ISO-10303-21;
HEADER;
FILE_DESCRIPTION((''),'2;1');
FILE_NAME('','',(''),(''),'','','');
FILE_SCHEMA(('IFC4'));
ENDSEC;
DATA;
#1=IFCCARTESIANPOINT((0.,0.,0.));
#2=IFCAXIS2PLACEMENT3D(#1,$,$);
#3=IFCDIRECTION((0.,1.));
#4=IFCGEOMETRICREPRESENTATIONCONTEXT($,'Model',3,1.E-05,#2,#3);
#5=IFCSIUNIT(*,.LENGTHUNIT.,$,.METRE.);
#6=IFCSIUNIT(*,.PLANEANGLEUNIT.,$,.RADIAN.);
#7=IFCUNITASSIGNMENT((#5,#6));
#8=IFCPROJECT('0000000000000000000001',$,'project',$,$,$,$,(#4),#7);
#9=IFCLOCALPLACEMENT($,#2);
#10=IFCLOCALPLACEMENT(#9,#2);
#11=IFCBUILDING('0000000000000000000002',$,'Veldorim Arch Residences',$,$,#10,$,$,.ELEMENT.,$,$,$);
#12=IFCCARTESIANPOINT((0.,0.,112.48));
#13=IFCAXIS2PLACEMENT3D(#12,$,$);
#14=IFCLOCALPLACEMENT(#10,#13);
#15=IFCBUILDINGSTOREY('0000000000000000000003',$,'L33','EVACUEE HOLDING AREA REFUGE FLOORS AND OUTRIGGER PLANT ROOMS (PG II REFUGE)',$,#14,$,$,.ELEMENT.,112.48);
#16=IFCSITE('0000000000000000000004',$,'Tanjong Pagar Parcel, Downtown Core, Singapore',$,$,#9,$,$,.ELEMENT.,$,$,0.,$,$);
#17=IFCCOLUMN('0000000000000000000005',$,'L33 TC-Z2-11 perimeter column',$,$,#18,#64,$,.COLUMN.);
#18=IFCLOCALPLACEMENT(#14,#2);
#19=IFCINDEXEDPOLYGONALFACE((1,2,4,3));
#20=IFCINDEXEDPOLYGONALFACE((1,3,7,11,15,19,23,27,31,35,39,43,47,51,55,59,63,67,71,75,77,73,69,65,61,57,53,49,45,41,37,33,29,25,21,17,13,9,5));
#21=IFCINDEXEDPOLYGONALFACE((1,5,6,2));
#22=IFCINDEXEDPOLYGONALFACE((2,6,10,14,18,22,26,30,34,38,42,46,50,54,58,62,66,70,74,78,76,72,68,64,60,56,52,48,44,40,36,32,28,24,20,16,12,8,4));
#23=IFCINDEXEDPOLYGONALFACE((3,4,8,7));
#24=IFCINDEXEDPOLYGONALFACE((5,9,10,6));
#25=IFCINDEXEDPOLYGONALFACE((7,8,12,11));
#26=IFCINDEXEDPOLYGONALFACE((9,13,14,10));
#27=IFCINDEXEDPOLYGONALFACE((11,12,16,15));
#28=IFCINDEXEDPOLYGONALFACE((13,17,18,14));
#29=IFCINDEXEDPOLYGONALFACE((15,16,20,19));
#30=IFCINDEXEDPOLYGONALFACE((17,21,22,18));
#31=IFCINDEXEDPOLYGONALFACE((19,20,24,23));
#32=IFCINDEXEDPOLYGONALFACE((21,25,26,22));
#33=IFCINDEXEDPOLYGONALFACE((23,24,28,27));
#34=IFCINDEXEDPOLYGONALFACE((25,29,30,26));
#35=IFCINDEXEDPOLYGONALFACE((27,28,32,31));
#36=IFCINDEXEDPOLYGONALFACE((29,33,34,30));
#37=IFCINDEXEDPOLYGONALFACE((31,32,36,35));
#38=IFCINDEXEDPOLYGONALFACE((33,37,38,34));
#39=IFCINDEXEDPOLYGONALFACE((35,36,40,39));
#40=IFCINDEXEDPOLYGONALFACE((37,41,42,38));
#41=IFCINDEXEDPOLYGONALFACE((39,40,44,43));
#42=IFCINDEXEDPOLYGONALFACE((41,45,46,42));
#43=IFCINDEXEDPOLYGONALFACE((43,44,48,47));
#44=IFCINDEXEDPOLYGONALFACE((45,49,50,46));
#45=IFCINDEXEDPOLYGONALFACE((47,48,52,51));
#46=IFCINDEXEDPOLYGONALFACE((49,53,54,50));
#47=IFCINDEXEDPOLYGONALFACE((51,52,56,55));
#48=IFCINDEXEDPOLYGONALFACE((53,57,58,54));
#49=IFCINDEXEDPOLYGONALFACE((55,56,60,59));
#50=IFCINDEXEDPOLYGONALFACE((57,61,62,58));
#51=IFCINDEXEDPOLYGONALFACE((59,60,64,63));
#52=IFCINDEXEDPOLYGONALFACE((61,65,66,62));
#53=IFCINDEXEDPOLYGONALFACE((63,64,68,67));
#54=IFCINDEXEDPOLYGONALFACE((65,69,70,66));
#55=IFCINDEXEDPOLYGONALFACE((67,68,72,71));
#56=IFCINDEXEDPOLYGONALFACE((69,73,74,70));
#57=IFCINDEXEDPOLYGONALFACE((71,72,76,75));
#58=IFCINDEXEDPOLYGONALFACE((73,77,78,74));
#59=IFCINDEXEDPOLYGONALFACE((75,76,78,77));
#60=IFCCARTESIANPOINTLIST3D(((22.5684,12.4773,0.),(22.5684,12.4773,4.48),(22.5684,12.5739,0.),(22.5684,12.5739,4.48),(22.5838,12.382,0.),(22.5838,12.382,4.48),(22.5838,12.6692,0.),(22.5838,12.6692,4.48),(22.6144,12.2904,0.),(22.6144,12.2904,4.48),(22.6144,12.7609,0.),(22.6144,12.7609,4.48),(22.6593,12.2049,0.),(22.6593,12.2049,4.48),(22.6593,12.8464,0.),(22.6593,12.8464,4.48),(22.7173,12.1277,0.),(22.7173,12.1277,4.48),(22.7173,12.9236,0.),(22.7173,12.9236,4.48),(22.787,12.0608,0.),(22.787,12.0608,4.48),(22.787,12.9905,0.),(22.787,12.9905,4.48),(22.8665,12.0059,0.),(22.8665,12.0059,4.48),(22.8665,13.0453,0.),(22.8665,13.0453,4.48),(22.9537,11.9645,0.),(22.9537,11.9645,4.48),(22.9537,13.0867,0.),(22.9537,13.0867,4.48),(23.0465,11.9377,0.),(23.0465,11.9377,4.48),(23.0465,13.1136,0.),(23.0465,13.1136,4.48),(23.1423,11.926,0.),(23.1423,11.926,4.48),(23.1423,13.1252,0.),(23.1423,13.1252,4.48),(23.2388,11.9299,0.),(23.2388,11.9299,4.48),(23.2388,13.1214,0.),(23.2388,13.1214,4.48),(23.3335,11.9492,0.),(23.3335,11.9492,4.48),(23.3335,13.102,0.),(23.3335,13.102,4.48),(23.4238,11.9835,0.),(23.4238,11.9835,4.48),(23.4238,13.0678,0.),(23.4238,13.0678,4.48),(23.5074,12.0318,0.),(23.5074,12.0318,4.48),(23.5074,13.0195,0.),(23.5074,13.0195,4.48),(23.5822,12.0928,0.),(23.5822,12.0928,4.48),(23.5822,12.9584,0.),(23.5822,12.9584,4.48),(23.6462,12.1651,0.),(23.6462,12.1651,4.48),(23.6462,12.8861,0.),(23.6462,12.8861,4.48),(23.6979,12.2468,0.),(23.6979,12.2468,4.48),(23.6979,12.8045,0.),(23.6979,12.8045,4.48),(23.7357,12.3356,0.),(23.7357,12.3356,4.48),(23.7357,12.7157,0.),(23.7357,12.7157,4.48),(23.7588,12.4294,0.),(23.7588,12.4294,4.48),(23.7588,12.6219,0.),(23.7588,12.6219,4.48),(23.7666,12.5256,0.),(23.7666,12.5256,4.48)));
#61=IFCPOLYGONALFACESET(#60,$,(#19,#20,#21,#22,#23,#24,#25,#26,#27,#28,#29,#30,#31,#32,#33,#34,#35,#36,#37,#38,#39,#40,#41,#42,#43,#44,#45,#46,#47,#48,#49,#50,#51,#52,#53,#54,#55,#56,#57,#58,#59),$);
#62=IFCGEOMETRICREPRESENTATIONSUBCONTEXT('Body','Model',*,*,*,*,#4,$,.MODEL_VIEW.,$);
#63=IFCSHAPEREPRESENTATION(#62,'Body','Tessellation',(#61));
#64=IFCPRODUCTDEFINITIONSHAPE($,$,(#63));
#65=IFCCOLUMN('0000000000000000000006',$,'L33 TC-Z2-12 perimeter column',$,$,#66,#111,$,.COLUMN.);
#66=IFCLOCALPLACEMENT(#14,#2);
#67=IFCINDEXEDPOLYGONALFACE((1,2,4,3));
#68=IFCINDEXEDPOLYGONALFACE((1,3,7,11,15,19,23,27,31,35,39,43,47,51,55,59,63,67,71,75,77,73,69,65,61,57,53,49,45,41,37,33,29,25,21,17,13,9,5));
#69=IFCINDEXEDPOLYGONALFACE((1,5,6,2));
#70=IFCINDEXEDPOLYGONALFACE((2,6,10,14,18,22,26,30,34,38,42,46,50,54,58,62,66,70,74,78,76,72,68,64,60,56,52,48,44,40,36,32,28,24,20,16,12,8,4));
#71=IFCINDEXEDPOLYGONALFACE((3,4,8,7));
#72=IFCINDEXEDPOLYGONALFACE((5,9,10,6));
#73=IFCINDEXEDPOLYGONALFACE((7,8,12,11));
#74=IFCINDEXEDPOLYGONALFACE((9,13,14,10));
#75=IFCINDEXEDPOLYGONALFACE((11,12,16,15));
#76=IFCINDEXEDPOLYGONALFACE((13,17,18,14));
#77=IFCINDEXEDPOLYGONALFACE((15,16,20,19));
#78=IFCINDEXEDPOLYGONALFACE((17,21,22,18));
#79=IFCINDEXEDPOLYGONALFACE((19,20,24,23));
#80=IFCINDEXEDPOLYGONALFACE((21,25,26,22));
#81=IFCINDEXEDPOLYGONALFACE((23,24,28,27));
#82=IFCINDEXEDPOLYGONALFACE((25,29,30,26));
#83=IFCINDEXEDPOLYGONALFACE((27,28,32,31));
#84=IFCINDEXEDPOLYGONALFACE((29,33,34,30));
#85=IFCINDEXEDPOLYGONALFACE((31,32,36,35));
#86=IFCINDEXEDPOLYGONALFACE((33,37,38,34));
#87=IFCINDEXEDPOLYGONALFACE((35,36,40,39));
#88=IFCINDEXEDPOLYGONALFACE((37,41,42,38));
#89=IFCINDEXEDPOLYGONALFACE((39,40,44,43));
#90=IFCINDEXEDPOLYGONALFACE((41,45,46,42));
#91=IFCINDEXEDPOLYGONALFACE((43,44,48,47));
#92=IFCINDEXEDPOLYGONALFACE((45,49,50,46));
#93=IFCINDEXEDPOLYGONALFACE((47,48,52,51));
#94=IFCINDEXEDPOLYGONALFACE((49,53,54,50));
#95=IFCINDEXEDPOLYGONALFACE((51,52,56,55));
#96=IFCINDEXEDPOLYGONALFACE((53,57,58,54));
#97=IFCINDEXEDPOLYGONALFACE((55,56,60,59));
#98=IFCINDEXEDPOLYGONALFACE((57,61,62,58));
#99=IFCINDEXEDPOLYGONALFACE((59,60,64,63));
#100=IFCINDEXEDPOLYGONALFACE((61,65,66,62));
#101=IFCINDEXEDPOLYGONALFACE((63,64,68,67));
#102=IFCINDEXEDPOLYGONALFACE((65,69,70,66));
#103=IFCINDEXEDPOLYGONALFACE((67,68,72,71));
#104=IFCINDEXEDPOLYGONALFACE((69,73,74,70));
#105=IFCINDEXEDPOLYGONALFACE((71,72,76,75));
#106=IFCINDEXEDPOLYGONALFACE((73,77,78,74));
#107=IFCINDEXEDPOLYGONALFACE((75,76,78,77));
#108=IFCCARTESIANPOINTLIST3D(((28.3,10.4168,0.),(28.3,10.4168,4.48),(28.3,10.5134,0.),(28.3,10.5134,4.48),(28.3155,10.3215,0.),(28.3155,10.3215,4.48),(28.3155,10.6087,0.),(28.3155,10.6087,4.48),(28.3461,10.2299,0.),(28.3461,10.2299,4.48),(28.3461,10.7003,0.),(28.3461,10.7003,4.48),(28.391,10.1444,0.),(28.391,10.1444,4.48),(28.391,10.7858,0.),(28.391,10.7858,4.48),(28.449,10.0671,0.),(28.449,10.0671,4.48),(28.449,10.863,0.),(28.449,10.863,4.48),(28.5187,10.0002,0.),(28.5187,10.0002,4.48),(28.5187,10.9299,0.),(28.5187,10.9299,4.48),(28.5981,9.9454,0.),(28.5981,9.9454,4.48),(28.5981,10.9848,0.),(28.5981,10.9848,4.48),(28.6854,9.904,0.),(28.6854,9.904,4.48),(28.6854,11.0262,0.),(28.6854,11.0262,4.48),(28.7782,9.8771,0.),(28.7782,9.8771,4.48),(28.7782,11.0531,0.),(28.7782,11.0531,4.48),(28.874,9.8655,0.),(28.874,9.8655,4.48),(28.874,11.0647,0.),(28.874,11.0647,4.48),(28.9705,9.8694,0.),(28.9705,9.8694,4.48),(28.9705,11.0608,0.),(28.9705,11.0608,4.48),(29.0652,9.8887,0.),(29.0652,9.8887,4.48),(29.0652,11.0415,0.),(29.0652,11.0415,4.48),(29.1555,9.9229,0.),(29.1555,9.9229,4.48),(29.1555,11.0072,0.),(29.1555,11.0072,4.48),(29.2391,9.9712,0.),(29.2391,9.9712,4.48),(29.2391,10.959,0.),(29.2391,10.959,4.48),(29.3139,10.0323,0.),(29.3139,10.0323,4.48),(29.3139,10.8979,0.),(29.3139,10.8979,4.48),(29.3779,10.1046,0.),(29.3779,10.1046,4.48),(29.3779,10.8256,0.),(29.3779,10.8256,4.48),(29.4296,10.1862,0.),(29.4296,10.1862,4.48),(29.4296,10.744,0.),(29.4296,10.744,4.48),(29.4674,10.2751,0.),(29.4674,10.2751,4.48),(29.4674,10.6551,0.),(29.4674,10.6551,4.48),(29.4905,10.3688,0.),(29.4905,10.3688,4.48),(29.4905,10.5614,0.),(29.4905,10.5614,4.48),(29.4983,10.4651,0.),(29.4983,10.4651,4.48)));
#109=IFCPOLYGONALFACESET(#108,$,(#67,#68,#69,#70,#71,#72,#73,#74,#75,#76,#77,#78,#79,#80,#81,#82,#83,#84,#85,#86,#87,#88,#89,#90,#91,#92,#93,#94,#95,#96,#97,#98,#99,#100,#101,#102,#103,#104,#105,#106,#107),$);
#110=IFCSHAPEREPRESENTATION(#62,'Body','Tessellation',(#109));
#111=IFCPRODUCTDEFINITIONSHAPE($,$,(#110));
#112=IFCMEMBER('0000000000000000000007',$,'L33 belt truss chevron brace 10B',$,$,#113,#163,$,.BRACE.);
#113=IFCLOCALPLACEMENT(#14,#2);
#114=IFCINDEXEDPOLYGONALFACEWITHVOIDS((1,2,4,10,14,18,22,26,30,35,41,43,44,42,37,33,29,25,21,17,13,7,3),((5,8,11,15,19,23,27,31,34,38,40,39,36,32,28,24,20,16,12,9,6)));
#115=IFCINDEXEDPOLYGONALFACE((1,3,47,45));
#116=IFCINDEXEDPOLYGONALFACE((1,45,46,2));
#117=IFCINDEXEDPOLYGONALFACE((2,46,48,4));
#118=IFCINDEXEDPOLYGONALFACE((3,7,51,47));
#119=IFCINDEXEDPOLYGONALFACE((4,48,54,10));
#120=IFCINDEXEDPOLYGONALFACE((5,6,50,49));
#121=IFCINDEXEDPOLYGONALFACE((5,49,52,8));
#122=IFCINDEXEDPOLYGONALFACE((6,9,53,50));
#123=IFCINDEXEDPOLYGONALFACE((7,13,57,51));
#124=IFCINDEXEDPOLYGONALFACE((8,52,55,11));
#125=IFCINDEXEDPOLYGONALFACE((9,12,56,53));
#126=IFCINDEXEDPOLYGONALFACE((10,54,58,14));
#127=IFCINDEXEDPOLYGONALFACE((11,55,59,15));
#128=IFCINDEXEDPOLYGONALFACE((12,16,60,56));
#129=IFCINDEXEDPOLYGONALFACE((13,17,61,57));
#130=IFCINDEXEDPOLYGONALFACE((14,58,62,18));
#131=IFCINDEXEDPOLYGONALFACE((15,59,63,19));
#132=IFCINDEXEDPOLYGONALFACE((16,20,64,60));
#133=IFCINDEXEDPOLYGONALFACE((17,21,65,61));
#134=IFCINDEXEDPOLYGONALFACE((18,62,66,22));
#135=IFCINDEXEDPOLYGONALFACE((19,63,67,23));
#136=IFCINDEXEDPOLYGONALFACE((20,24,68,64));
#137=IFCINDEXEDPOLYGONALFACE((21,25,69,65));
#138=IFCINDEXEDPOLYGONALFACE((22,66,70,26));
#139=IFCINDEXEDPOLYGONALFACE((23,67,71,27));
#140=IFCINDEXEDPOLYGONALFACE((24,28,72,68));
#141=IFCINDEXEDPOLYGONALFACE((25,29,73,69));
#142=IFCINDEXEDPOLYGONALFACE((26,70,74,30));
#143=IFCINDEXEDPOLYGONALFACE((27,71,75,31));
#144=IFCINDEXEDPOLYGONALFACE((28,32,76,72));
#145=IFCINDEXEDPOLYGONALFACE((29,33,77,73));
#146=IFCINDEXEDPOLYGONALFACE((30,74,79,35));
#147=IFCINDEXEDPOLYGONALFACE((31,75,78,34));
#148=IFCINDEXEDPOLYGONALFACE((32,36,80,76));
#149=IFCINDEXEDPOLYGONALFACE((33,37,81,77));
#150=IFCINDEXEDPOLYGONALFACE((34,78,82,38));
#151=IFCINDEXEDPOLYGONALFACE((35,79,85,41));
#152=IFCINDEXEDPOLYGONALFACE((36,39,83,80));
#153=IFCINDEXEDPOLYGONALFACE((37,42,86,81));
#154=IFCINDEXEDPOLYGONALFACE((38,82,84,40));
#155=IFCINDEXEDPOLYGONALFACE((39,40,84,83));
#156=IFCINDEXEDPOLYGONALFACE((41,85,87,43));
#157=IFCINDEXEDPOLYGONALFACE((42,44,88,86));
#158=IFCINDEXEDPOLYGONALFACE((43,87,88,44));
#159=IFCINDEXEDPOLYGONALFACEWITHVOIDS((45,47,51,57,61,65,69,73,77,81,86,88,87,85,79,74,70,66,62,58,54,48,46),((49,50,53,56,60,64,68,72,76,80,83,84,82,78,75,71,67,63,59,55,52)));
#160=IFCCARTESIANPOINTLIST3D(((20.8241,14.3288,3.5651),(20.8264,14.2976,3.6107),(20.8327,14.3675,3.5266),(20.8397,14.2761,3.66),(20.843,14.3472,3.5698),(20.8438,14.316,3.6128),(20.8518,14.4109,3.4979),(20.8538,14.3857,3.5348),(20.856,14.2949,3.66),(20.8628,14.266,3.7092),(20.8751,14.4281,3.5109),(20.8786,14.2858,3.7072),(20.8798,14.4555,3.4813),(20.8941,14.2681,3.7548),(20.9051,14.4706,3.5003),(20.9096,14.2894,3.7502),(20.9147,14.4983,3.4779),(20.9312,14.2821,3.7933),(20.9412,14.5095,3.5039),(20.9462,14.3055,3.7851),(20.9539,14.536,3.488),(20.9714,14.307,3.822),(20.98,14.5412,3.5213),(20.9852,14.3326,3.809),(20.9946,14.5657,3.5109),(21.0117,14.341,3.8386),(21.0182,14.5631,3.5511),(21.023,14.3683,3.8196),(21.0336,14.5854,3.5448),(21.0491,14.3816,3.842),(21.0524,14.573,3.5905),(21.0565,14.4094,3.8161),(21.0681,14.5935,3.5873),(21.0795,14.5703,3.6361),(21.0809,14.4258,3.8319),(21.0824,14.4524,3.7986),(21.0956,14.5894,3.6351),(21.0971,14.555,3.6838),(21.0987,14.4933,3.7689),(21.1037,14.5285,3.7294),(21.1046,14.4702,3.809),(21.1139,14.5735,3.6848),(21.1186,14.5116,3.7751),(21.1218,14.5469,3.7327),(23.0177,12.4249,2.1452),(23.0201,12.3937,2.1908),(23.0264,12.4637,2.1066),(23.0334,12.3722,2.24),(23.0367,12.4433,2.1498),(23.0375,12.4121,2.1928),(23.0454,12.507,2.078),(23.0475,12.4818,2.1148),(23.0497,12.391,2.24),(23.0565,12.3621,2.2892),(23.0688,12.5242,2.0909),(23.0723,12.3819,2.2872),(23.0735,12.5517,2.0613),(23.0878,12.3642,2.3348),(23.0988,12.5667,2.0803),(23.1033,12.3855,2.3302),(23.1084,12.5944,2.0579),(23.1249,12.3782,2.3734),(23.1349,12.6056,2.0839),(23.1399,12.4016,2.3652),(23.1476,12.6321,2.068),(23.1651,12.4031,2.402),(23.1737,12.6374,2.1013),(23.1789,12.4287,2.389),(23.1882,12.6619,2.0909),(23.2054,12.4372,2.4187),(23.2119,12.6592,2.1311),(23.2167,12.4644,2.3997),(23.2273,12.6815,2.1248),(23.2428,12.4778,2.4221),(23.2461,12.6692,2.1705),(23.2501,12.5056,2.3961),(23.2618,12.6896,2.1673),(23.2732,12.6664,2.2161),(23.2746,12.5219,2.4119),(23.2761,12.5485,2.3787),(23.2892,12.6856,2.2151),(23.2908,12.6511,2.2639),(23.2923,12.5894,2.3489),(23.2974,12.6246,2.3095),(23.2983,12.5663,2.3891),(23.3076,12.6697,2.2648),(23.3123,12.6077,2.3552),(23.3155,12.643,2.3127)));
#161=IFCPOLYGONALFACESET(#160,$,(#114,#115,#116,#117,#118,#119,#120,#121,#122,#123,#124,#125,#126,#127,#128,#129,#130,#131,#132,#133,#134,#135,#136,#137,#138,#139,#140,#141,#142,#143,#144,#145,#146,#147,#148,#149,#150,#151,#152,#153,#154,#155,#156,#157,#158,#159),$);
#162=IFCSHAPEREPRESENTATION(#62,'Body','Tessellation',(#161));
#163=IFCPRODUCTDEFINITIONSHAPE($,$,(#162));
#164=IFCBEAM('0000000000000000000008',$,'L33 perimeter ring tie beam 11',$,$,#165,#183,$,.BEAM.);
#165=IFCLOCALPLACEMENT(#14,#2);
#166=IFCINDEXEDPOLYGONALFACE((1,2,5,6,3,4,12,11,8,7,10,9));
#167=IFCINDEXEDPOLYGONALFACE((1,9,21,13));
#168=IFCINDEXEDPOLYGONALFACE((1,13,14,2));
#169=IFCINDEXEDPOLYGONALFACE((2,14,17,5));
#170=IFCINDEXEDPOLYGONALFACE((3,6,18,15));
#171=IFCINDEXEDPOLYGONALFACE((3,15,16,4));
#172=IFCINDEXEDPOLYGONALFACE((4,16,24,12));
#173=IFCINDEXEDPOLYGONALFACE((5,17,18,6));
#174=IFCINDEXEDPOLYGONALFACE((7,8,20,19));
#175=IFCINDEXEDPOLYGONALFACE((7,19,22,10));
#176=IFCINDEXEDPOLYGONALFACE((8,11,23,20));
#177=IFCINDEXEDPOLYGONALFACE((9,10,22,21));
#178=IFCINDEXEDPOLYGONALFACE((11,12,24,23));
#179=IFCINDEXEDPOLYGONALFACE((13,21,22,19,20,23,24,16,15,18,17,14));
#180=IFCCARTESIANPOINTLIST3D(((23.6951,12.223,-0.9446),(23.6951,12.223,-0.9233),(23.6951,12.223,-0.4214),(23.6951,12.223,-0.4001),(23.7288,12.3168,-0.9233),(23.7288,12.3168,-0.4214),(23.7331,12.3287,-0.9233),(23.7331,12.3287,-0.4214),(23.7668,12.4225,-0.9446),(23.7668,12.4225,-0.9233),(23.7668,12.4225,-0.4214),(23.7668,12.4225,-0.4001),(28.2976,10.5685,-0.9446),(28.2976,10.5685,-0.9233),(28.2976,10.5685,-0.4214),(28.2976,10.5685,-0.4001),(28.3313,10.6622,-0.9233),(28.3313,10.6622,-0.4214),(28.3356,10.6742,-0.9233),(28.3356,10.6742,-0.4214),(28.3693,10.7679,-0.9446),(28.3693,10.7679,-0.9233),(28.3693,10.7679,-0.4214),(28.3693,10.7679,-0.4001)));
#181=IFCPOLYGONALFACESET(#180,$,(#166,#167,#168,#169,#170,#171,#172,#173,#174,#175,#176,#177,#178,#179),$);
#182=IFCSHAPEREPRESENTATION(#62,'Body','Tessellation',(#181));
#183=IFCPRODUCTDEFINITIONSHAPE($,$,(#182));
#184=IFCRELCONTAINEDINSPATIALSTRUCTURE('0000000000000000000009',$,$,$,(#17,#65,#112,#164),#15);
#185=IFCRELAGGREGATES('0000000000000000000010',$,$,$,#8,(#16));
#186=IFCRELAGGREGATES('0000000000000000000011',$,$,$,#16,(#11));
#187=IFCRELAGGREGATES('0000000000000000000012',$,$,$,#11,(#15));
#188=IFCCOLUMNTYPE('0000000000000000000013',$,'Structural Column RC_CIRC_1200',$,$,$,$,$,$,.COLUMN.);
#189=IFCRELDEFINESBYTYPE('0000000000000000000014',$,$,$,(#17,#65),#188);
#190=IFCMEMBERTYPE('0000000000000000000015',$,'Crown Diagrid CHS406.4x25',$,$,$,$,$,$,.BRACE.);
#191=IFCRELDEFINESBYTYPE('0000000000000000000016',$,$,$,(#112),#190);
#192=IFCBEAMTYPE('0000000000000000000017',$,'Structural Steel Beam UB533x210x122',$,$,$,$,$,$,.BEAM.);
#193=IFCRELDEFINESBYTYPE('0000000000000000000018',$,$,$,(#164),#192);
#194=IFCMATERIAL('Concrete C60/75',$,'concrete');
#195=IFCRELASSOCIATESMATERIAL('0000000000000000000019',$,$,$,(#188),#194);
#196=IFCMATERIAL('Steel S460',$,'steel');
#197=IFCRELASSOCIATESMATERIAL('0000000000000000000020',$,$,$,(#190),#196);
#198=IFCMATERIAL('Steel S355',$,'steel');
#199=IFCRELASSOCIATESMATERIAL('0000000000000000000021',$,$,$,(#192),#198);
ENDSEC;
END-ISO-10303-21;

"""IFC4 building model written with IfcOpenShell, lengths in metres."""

from ifc_helpers import new_model, si_unit, direction, frame, origin, origin_2d, place, context, subcontext, project, spatial, circle, hollow_circle, i_section, extrude, material, material_profile, profile_set, type_object, element, save


model = new_model("IFC4")

# Units and contexts
model_context = context("Model", 3, precision=1e-05, world=origin(), true_north=direction((0.0, 1.0)))
body_context = subcontext(model_context, "Body", "Model", "MODEL_VIEW")
ifc_project = project(units=[si_unit("LENGTHUNIT", "METRE"), si_unit("PLANEANGLEUNIT", "RADIAN")], contexts=[model_context])

# Site, building, storey
site_placement = place(None, origin())
site = spatial("IfcSite", under=ifc_project, at=site_placement, Name="Tanjong Pagar Parcel, Downtown Core, Singapore", CompositionType="ELEMENT", RefElevation=0.0)
building_placement = place(site_placement, origin())
building = spatial("IfcBuilding", under=site, at=building_placement, Name="Veldorim Arch Residences", CompositionType="ELEMENT")
storey_placement = place(building_placement, frame((0.0, 0.0, 112.48)))
storey = spatial("IfcBuildingStorey", under=building, at=storey_placement, Name="L33", Description="EVACUEE HOLDING AREA REFUGE FLOORS AND OUTRIGGER PLANT ROOMS (PG II REFUGE)", CompositionType="ELEMENT", Elevation=112.48)

# Columns
ifc_material_1 = material(Name="Concrete C60/75", Category="concrete")
ifc_material_profile_1 = material_profile(ifc_material_1, circle(Radius=0.6001, at=origin_2d()), Name="RC_CIRC_1200")
ifc_profile_set_1 = profile_set([ifc_material_profile_1], Name="Concrete C60/75")
column_type = type_object("IfcColumnType", Name="Structural Column RC_CIRC_1200", PredefinedType="COLUMN", material=ifc_profile_set_1)
for number, where, z_axis, x_axis, name in (
    (1, (23.1665, 12.5256, 0.0), (0.0, 0.0, 1.0), (1.0, 0.0, 0.0), "L33 TC-Z2-11 perimeter column"),
    (2, (28.8982, 10.4651, 0.0), (0.0, 0.0, 1.0), (1.0, 0.0, 0.0), "L33 TC-Z2-12 perimeter column"),
):
    element("IfcColumn", number, at=place(storey_placement, frame(where, z_axis=z_axis, x_axis=x_axis)), inside=storey, type_object=column_type, Name=name, PredefinedType="COLUMN", context=body_context, shape_type="SweptSolid", body=[
        extrude(circle(Radius=0.6001, at=origin_2d()), origin(), (0.0, 0.0, 1.0), 4.48),
    ])

# Member
ifc_material_2 = material(Name="Steel S460", Category="steel")
ifc_material_profile_2 = material_profile(ifc_material_2, hollow_circle(Radius=0.2031, WallThickness=0.0249, at=origin_2d()), Name="CHS406.4x25")
ifc_profile_set_2 = profile_set([ifc_material_profile_2], Name="Steel S460")
member_type_1 = type_object("IfcMemberType", Name="Crown Diagrid CHS406.4x25", PredefinedType="BRACE", material=ifc_profile_set_2)
member_placement = place(storey_placement, frame((23.1665, 12.5256, 2.24), z_axis=(-0.678495, 0.58886, 0.439191), x_axis=(-0.655458, -0.755231, 0.0)))
element("IfcMember", 3, at=member_placement, inside=storey, type_object=member_type_1, Name="L33 belt truss chevron brace 10B", PredefinedType="BRACE", context=body_context, shape_type="SweptSolid", body=[
    extrude(hollow_circle(Radius=0.2031, WallThickness=0.0249, at=origin_2d()), origin(), (0.0, 0.0, 1.0), 3.2332),
])

# Beam
ifc_material_3 = material(Name="Steel S355", Category="steel")
ifc_material_profile_3 = material_profile(ifc_material_3, i_section(OverallWidth=0.2119, OverallDepth=0.5444, WebThickness=0.0127, FlangeThickness=0.0212, at=origin_2d()), Name="UB533x210x122")
ifc_profile_set_3 = profile_set([ifc_material_profile_3], Name="Steel S355")
beam_type_1 = type_object("IfcBeamType", Name="Structural Steel Beam UB533x210x122", PredefinedType="BEAM", material=ifc_profile_set_3)
beam_1_placement = place(storey_placement, frame((23.731, 12.3228, -0.6724), z_axis=(0.941042, -0.33829, 0.0), x_axis=(0.33829, 0.941042, 0.0)))
element("IfcBeam", 4, at=beam_1_placement, inside=storey, type_object=beam_type_1, Name="L33 perimeter ring tie beam 11", PredefinedType="BEAM", context=body_context, shape_type="SweptSolid", body=[
    extrude(i_section(OverallWidth=0.2119, OverallDepth=0.5444, WebThickness=0.0127, FlangeThickness=0.0212, at=origin_2d()), origin(), (0.0, 0.0, 1.0), 4.8909),
])

save(model, "model.ifc")
